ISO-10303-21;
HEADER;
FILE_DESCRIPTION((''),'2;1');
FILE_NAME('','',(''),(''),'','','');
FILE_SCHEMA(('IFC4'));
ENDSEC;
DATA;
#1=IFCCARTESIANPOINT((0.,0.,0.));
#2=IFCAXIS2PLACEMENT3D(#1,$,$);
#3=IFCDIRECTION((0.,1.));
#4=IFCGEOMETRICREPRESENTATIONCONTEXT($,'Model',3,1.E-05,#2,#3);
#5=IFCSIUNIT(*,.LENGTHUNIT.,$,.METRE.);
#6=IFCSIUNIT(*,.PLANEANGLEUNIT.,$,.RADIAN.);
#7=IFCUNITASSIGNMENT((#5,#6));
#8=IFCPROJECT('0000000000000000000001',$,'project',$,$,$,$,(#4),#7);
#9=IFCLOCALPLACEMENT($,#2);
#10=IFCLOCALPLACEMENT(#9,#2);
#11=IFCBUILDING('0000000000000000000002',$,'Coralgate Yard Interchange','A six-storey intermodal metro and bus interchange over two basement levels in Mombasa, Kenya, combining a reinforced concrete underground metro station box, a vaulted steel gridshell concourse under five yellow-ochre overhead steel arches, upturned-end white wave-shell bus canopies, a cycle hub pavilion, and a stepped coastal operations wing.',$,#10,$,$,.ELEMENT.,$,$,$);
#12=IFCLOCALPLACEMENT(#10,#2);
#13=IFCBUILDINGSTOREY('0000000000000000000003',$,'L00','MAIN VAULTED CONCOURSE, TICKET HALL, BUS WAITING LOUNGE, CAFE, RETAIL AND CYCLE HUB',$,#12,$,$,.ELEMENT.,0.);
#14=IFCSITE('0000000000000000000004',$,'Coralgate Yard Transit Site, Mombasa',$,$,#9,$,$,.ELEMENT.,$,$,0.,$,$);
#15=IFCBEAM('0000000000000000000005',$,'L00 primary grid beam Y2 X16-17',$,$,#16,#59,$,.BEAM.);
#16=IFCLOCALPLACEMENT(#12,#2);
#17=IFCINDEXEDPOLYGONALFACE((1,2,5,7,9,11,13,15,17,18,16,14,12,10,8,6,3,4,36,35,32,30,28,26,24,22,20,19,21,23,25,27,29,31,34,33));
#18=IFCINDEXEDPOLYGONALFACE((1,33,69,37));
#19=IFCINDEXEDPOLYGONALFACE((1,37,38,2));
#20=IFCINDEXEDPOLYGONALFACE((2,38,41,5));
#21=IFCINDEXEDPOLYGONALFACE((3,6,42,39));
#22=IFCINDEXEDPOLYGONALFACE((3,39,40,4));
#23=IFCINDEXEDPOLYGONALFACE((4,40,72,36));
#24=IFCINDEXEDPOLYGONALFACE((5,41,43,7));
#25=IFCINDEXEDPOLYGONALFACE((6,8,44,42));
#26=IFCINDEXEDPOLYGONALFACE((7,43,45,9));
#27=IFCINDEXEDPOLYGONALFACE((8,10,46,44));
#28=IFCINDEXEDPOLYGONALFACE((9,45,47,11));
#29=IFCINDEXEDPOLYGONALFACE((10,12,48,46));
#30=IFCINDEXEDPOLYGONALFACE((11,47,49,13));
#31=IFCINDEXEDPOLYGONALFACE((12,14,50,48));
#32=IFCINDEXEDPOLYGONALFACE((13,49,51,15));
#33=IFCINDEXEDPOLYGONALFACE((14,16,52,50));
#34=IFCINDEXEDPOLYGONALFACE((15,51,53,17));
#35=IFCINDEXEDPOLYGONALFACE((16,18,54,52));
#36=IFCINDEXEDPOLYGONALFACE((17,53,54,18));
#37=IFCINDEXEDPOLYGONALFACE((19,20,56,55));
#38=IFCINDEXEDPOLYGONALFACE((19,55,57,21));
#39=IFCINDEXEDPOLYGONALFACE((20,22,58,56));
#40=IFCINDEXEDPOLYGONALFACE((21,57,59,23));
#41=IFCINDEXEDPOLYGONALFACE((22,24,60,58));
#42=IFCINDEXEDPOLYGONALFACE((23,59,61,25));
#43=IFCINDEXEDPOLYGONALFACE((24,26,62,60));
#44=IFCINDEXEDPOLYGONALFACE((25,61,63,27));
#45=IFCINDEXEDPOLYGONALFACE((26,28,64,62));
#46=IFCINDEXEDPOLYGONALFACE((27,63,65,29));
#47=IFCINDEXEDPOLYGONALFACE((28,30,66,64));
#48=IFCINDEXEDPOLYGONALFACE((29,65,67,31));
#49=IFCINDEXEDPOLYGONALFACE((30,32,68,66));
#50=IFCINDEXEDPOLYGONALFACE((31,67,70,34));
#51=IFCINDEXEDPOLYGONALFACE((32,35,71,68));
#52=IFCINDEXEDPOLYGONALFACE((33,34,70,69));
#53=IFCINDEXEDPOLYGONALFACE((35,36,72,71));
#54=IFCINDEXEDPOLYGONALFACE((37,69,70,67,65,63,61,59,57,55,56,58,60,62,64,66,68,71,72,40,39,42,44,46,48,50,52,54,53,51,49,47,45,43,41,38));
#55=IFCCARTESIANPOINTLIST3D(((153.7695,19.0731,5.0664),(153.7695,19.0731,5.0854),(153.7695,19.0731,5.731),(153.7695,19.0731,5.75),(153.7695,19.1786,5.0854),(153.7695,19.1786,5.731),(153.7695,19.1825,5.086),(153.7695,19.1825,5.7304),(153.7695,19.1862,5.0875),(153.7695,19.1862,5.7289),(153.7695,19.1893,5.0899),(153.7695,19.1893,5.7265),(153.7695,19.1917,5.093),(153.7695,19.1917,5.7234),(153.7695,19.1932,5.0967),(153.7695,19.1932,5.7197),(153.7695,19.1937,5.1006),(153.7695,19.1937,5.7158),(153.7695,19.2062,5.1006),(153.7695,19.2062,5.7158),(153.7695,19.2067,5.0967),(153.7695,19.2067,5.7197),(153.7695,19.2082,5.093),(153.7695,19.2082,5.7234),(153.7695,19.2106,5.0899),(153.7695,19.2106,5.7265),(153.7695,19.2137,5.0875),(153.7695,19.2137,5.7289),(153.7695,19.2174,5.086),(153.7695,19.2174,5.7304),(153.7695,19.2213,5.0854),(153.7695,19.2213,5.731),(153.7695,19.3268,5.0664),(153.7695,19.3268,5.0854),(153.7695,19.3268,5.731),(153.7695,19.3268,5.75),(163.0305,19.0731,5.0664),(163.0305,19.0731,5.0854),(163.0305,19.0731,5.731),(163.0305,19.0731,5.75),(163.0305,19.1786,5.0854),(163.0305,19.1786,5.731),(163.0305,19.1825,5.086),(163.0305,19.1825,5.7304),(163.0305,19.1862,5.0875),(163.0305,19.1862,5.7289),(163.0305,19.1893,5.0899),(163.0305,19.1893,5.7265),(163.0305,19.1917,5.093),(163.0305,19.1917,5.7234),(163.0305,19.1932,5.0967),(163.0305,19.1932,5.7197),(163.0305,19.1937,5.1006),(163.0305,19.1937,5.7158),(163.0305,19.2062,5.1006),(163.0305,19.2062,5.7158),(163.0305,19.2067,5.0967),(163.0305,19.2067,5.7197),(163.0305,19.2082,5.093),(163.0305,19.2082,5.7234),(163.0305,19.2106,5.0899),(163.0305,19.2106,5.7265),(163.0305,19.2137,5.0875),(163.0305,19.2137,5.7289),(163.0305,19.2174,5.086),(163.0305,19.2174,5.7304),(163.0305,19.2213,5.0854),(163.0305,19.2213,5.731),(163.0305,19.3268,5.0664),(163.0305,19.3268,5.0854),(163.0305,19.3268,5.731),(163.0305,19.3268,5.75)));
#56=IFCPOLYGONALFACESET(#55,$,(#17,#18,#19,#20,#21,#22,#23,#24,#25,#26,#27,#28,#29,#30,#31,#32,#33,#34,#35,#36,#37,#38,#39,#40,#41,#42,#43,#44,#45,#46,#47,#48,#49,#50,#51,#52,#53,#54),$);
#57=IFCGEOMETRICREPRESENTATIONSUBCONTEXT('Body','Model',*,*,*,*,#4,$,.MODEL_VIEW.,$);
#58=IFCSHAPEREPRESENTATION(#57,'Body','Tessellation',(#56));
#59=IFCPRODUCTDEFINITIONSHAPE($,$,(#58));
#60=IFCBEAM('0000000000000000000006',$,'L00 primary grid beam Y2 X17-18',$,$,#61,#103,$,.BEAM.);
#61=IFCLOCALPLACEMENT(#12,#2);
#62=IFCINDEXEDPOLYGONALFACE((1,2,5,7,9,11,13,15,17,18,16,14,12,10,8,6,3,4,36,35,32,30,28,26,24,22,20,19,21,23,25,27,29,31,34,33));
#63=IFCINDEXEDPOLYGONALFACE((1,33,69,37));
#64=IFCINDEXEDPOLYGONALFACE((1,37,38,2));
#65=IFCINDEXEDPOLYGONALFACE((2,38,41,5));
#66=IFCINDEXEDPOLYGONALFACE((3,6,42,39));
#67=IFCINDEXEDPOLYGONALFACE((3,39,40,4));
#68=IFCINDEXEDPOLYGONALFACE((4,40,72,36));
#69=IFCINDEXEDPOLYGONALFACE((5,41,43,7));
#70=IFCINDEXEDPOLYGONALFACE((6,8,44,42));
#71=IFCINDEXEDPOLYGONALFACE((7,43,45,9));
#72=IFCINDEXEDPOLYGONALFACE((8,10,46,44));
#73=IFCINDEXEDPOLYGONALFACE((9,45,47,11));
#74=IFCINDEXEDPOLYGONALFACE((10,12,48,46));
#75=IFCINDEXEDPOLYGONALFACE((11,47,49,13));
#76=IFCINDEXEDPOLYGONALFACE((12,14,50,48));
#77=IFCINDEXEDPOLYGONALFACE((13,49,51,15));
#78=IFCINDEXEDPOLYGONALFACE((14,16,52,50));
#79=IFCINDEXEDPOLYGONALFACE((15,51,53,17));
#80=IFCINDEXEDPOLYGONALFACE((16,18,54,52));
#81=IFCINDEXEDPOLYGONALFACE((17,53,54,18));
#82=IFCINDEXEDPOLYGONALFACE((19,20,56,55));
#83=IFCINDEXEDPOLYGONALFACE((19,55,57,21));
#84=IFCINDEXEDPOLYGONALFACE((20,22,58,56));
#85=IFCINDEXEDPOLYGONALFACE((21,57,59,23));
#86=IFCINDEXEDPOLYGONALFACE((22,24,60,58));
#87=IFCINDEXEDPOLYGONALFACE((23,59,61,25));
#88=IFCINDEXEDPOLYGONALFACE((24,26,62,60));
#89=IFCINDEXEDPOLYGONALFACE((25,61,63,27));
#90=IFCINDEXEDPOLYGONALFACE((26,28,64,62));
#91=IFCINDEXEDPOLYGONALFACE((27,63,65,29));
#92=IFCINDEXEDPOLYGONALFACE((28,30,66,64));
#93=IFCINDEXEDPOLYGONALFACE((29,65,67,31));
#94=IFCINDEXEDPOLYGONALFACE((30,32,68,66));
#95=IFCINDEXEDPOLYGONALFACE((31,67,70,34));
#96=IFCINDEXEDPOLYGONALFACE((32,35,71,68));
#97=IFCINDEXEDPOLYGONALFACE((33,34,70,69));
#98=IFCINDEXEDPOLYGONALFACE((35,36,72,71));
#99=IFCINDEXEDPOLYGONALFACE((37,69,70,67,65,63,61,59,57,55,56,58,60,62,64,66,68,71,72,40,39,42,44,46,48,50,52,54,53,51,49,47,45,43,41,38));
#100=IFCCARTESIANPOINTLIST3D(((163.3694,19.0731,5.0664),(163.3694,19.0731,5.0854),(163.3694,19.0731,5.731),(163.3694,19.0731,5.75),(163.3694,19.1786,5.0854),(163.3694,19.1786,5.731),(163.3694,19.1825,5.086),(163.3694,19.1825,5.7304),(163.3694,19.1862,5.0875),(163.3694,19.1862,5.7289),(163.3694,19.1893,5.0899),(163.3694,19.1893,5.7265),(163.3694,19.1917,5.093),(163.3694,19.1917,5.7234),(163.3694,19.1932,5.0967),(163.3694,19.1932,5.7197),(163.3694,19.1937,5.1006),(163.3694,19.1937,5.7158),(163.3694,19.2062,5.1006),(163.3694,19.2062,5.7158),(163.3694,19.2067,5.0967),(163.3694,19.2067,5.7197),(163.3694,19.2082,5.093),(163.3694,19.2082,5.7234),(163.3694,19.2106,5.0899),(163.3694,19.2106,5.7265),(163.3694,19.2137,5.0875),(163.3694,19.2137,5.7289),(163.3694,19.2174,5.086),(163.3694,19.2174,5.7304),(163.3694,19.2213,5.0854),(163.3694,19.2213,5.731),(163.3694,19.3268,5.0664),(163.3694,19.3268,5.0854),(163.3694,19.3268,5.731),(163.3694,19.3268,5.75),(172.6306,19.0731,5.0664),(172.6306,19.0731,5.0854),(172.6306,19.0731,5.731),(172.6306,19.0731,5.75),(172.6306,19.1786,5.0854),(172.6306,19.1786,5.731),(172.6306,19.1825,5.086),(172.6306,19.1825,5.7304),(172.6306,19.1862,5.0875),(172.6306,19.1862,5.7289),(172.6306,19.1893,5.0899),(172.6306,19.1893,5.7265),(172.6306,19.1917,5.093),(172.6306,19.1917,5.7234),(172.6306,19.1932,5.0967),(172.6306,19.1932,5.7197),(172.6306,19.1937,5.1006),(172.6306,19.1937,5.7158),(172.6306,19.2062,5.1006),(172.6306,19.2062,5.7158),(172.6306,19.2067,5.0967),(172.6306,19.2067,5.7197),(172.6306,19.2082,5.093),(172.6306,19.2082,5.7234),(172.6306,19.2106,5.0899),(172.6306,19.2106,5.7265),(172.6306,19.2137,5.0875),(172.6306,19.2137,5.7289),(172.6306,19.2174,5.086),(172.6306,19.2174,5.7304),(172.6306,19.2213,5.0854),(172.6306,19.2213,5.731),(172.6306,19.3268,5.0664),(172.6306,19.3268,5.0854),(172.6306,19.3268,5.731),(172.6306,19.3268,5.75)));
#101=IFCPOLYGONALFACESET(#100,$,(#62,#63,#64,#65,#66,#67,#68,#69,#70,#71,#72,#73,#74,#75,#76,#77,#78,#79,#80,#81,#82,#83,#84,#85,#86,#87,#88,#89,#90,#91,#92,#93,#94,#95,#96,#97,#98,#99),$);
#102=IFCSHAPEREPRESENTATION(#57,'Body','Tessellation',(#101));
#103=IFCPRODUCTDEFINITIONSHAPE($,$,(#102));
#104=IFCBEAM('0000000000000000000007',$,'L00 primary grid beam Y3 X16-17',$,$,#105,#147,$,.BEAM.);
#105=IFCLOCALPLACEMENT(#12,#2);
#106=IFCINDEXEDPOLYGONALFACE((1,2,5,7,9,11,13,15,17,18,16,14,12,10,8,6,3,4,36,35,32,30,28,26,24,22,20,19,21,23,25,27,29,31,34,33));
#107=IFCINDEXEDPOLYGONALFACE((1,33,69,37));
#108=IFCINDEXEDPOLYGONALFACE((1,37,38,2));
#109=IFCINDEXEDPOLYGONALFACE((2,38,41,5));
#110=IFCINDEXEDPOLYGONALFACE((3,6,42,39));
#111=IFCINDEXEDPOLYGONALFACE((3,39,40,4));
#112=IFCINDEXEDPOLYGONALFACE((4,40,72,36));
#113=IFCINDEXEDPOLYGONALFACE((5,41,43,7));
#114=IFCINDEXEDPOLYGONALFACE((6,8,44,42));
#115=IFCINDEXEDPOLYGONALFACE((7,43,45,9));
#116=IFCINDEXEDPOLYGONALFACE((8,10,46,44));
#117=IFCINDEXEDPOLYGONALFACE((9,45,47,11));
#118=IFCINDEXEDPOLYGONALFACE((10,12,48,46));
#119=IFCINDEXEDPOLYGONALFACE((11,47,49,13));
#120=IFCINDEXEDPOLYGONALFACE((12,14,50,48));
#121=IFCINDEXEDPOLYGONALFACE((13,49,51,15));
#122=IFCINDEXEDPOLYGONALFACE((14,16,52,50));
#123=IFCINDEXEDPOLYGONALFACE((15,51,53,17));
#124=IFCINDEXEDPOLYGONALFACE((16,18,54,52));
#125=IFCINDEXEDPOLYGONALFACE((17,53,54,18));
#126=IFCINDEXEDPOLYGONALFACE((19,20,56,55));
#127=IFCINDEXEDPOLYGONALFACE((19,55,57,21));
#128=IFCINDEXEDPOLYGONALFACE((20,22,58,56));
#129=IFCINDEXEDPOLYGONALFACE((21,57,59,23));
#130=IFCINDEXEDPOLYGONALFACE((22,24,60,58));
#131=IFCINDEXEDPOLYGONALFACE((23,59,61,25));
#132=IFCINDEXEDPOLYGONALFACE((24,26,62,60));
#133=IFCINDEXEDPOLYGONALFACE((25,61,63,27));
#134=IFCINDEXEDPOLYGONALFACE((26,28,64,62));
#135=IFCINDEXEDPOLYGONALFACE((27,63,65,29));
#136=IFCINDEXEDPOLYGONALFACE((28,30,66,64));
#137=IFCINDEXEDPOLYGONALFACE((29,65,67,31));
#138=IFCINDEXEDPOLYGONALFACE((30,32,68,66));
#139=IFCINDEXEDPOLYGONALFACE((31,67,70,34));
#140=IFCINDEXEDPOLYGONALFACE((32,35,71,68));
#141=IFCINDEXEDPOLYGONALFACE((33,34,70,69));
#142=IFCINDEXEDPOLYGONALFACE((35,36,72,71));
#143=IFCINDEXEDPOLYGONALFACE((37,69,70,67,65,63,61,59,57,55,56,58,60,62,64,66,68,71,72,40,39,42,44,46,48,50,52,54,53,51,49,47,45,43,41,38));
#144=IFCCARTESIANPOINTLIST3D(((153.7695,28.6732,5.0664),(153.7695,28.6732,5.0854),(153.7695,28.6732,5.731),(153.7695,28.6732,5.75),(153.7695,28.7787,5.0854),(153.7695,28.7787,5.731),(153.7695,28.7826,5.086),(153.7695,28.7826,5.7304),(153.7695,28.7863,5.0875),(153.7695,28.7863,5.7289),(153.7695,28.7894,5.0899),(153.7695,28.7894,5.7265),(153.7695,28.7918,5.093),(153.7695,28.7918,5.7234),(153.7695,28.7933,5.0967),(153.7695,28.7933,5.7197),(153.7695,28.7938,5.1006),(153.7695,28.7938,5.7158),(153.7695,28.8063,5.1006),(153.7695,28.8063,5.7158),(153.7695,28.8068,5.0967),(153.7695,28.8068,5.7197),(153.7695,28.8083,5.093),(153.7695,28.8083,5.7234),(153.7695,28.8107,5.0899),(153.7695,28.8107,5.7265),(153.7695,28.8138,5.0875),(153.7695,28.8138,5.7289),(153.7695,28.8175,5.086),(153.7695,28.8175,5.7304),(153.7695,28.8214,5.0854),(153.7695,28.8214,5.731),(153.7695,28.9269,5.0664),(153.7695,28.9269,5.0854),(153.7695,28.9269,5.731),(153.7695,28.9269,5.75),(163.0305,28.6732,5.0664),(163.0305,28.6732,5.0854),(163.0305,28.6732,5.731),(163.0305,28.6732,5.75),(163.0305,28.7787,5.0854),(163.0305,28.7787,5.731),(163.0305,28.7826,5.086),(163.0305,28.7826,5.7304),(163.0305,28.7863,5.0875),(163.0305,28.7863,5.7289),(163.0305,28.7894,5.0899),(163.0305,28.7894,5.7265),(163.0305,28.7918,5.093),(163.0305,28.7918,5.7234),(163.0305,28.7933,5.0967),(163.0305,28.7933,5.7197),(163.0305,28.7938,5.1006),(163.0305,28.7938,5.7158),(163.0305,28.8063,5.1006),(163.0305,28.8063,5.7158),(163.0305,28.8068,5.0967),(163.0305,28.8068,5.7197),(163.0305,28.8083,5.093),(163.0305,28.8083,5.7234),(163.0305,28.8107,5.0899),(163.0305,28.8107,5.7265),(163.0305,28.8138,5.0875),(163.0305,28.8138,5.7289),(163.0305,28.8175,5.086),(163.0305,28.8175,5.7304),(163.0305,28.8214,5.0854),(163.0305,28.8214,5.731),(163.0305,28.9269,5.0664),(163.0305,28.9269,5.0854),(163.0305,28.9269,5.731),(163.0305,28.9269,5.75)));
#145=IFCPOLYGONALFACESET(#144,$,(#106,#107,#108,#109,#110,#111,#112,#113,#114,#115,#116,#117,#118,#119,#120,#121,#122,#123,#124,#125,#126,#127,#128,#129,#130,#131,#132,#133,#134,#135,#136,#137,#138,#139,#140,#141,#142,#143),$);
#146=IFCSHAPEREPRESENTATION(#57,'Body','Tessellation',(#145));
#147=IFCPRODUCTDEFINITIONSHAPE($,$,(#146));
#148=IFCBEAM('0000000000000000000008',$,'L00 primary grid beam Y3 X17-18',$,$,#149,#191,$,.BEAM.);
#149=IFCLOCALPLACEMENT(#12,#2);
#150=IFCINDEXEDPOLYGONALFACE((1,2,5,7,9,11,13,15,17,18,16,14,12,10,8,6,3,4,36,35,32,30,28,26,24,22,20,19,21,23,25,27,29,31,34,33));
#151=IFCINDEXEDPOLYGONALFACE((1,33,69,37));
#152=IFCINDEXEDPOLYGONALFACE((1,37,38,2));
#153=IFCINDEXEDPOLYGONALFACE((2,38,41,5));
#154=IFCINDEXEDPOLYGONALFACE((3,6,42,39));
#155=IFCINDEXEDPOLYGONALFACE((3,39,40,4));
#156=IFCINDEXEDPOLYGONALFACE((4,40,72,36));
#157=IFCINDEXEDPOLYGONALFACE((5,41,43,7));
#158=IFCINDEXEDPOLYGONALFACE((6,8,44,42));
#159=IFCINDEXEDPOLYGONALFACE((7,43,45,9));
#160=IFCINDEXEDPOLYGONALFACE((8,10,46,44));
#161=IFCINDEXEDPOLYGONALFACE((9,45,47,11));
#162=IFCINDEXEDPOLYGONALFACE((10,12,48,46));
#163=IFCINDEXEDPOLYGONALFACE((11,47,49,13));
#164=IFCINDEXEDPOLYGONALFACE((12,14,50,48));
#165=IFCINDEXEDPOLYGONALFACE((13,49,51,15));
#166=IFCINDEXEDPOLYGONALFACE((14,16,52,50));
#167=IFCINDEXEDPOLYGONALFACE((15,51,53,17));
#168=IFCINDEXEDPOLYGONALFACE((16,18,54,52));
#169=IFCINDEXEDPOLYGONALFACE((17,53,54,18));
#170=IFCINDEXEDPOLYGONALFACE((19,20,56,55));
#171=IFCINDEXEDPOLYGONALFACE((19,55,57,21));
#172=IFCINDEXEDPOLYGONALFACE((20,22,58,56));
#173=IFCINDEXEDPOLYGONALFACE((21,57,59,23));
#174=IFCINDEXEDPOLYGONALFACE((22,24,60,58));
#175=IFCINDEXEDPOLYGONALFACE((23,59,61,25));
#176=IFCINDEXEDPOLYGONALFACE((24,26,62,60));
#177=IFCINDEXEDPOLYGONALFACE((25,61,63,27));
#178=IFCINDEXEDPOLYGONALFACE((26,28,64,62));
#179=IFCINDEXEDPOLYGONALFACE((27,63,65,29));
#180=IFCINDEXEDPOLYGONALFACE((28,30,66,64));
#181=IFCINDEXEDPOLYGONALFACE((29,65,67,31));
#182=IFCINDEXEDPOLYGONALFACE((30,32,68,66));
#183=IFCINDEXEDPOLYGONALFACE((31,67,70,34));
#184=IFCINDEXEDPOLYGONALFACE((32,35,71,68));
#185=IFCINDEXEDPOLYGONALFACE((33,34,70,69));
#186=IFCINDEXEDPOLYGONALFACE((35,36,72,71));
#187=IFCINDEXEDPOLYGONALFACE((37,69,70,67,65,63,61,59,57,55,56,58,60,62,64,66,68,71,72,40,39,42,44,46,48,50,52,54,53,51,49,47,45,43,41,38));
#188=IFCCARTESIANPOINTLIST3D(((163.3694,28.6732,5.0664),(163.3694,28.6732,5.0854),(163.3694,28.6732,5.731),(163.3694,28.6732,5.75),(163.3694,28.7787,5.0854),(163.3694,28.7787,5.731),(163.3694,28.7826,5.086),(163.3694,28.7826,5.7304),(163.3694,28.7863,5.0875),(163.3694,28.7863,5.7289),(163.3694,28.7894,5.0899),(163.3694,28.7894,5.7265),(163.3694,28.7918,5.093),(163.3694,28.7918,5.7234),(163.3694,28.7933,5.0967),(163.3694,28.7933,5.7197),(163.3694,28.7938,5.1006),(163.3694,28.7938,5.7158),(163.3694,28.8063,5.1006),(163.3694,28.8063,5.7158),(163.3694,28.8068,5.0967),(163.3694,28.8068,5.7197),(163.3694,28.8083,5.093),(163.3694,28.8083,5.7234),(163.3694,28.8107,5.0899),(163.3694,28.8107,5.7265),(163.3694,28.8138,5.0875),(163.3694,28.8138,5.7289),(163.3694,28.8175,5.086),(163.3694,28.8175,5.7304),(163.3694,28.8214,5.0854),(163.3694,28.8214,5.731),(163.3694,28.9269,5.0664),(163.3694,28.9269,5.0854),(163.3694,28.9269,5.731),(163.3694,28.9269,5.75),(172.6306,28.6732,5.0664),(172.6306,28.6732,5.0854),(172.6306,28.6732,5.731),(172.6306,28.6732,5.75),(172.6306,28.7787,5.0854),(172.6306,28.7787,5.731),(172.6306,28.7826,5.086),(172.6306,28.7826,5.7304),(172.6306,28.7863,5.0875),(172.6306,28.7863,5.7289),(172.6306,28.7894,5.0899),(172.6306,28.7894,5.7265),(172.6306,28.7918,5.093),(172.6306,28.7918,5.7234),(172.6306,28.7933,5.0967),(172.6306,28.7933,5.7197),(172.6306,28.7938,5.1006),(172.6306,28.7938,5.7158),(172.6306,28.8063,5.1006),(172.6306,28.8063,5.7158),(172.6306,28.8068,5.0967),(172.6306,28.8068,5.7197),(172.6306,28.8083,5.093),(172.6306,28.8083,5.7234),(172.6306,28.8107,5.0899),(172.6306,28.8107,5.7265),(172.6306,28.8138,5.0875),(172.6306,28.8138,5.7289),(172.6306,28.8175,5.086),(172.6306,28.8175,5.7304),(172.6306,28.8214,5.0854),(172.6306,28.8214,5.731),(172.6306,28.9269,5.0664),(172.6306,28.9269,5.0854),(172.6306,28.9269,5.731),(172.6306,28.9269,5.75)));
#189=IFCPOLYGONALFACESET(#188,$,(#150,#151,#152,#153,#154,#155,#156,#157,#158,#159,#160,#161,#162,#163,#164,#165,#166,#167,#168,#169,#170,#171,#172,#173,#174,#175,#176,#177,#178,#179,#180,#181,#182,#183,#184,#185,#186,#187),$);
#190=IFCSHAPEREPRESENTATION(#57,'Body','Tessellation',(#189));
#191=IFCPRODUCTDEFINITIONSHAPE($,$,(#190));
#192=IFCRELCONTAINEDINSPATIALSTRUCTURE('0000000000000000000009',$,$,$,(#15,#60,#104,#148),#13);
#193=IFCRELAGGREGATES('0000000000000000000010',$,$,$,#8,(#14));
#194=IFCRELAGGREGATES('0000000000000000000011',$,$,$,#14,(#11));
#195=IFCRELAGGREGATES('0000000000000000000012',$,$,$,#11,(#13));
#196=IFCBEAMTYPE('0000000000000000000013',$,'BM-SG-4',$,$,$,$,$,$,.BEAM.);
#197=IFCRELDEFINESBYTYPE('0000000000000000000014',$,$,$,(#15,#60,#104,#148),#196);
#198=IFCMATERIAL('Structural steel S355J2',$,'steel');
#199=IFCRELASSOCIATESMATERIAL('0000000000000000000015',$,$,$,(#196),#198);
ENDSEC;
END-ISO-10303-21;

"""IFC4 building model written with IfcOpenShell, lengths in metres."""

from ifc_helpers import new_model, si_unit, direction, frame, origin, origin_2d, place, context, subcontext, project, spatial, i_section, extrude, material, material_profile, profile_set, type_object, element, save


model = new_model("IFC4")

# Units and contexts
model_context = context("Model", 3, precision=1e-05, world=origin(), true_north=direction((0.0, 1.0)))
body_context = subcontext(model_context, "Body", "Model", "MODEL_VIEW")
ifc_project = project(units=[si_unit("LENGTHUNIT", "METRE"), si_unit("PLANEANGLEUNIT", "RADIAN")], contexts=[model_context])

# Site, building, storey
site_placement = place(None, origin())
site = spatial("IfcSite", under=ifc_project, at=site_placement, Name="Coralgate Yard Transit Site, Mombasa", CompositionType="ELEMENT", RefElevation=0.0)
building_placement = place(site_placement, origin())
building = spatial("IfcBuilding", under=site, at=building_placement, Name="Coralgate Yard Interchange", Description="A six-storey intermodal metro and bus interchange over two basement levels in Mombasa, Kenya, combining a reinforced concrete underground metro station box, a vaulted steel gridshell concourse under five yellow-ochre overhead steel arches, upturned-end white wave-shell bus canopies, a cycle hub pavilion, and a stepped coastal operations wing.", CompositionType="ELEMENT")
storey_placement = place(building_placement, origin())
storey = spatial("IfcBuildingStorey", under=building, at=storey_placement, Name="L00", Description="MAIN VAULTED CONCOURSE, TICKET HALL, BUS WAITING LOUNGE, CAFE, RETAIL AND CYCLE HUB", CompositionType="ELEMENT", Elevation=0.0)

# Shared definitions
ifc_material_1 = material(Name="Structural steel S355J2", Category="steel")

# Beams
ifc_material_profile_1 = material_profile(ifc_material_1, i_section(OverallWidth=0.2537, OverallDepth=0.6836, WebThickness=0.0125, FlangeThickness=0.019, FilletRadius=0.0151, at=origin_2d()), Name="UB 686x254x140")
ifc_profile_set_1 = profile_set([ifc_material_profile_1], Name="Structural steel S355J2")
beam_type_1 = type_object("IfcBeamType", Name="BM-SG-4", PredefinedType="BEAM", material=ifc_profile_set_1)
beam_1_placement = place(storey_placement, frame((153.7695, 19.2, 5.4082), z_axis=(1.0, 0.0, 0.0), x_axis=(0.0, 1.0, 0.0)))
element("IfcBeam", 1, at=beam_1_placement, inside=storey, type_object=beam_type_1, Name="L00 primary grid beam Y2 X16-17", PredefinedType="BEAM", context=body_context, shape_type="SweptSolid", body=[
    extrude(i_section(OverallWidth=0.2537, OverallDepth=0.6836, WebThickness=0.0125, FlangeThickness=0.019, FilletRadius=0.0151, at=origin_2d()), origin(), (0.0, 0.0, 1.0), 9.261),
])
beam_2_placement = place(storey_placement, frame((163.3694, 19.2, 5.4082), z_axis=(1.0, 0.0, 0.0), x_axis=(0.0, 1.0, 0.0)))
element("IfcBeam", 2, at=beam_2_placement, inside=storey, type_object=beam_type_1, Name="L00 primary grid beam Y2 X17-18", PredefinedType="BEAM", context=body_context, shape_type="SweptSolid", body=[
    extrude(i_section(OverallWidth=0.2537, OverallDepth=0.6836, WebThickness=0.0125, FlangeThickness=0.019, FilletRadius=0.0151, at=origin_2d()), origin(), (0.0, 0.0, 1.0), 9.2612),
])
beam_3_placement = place(storey_placement, frame((153.7695, 28.8, 5.4082), z_axis=(1.0, 0.0, 0.0), x_axis=(0.0, 1.0, 0.0)))
element("IfcBeam", 3, at=beam_3_placement, inside=storey, type_object=beam_type_1, Name="L00 primary grid beam Y3 X16-17", PredefinedType="BEAM", context=body_context, shape_type="SweptSolid", body=[
    extrude(i_section(OverallWidth=0.2537, OverallDepth=0.6836, WebThickness=0.0125, FlangeThickness=0.019, FilletRadius=0.0151, at=origin_2d()), origin(), (0.0, 0.0, 1.0), 9.261),
])
beam_4_placement = place(storey_placement, frame((163.3694, 28.8, 5.4082), z_axis=(1.0, 0.0, 0.0), x_axis=(0.0, 1.0, 0.0)))
element("IfcBeam", 4, at=beam_4_placement, inside=storey, type_object=beam_type_1, Name="L00 primary grid beam Y3 X17-18", PredefinedType="BEAM", context=body_context, shape_type="SweptSolid", body=[
    extrude(i_section(OverallWidth=0.2537, OverallDepth=0.6836, WebThickness=0.0125, FlangeThickness=0.019, FilletRadius=0.0151, at=origin_2d()), origin(), (0.0, 0.0, 1.0), 9.2612),
])

save(model, "model.ifc")
